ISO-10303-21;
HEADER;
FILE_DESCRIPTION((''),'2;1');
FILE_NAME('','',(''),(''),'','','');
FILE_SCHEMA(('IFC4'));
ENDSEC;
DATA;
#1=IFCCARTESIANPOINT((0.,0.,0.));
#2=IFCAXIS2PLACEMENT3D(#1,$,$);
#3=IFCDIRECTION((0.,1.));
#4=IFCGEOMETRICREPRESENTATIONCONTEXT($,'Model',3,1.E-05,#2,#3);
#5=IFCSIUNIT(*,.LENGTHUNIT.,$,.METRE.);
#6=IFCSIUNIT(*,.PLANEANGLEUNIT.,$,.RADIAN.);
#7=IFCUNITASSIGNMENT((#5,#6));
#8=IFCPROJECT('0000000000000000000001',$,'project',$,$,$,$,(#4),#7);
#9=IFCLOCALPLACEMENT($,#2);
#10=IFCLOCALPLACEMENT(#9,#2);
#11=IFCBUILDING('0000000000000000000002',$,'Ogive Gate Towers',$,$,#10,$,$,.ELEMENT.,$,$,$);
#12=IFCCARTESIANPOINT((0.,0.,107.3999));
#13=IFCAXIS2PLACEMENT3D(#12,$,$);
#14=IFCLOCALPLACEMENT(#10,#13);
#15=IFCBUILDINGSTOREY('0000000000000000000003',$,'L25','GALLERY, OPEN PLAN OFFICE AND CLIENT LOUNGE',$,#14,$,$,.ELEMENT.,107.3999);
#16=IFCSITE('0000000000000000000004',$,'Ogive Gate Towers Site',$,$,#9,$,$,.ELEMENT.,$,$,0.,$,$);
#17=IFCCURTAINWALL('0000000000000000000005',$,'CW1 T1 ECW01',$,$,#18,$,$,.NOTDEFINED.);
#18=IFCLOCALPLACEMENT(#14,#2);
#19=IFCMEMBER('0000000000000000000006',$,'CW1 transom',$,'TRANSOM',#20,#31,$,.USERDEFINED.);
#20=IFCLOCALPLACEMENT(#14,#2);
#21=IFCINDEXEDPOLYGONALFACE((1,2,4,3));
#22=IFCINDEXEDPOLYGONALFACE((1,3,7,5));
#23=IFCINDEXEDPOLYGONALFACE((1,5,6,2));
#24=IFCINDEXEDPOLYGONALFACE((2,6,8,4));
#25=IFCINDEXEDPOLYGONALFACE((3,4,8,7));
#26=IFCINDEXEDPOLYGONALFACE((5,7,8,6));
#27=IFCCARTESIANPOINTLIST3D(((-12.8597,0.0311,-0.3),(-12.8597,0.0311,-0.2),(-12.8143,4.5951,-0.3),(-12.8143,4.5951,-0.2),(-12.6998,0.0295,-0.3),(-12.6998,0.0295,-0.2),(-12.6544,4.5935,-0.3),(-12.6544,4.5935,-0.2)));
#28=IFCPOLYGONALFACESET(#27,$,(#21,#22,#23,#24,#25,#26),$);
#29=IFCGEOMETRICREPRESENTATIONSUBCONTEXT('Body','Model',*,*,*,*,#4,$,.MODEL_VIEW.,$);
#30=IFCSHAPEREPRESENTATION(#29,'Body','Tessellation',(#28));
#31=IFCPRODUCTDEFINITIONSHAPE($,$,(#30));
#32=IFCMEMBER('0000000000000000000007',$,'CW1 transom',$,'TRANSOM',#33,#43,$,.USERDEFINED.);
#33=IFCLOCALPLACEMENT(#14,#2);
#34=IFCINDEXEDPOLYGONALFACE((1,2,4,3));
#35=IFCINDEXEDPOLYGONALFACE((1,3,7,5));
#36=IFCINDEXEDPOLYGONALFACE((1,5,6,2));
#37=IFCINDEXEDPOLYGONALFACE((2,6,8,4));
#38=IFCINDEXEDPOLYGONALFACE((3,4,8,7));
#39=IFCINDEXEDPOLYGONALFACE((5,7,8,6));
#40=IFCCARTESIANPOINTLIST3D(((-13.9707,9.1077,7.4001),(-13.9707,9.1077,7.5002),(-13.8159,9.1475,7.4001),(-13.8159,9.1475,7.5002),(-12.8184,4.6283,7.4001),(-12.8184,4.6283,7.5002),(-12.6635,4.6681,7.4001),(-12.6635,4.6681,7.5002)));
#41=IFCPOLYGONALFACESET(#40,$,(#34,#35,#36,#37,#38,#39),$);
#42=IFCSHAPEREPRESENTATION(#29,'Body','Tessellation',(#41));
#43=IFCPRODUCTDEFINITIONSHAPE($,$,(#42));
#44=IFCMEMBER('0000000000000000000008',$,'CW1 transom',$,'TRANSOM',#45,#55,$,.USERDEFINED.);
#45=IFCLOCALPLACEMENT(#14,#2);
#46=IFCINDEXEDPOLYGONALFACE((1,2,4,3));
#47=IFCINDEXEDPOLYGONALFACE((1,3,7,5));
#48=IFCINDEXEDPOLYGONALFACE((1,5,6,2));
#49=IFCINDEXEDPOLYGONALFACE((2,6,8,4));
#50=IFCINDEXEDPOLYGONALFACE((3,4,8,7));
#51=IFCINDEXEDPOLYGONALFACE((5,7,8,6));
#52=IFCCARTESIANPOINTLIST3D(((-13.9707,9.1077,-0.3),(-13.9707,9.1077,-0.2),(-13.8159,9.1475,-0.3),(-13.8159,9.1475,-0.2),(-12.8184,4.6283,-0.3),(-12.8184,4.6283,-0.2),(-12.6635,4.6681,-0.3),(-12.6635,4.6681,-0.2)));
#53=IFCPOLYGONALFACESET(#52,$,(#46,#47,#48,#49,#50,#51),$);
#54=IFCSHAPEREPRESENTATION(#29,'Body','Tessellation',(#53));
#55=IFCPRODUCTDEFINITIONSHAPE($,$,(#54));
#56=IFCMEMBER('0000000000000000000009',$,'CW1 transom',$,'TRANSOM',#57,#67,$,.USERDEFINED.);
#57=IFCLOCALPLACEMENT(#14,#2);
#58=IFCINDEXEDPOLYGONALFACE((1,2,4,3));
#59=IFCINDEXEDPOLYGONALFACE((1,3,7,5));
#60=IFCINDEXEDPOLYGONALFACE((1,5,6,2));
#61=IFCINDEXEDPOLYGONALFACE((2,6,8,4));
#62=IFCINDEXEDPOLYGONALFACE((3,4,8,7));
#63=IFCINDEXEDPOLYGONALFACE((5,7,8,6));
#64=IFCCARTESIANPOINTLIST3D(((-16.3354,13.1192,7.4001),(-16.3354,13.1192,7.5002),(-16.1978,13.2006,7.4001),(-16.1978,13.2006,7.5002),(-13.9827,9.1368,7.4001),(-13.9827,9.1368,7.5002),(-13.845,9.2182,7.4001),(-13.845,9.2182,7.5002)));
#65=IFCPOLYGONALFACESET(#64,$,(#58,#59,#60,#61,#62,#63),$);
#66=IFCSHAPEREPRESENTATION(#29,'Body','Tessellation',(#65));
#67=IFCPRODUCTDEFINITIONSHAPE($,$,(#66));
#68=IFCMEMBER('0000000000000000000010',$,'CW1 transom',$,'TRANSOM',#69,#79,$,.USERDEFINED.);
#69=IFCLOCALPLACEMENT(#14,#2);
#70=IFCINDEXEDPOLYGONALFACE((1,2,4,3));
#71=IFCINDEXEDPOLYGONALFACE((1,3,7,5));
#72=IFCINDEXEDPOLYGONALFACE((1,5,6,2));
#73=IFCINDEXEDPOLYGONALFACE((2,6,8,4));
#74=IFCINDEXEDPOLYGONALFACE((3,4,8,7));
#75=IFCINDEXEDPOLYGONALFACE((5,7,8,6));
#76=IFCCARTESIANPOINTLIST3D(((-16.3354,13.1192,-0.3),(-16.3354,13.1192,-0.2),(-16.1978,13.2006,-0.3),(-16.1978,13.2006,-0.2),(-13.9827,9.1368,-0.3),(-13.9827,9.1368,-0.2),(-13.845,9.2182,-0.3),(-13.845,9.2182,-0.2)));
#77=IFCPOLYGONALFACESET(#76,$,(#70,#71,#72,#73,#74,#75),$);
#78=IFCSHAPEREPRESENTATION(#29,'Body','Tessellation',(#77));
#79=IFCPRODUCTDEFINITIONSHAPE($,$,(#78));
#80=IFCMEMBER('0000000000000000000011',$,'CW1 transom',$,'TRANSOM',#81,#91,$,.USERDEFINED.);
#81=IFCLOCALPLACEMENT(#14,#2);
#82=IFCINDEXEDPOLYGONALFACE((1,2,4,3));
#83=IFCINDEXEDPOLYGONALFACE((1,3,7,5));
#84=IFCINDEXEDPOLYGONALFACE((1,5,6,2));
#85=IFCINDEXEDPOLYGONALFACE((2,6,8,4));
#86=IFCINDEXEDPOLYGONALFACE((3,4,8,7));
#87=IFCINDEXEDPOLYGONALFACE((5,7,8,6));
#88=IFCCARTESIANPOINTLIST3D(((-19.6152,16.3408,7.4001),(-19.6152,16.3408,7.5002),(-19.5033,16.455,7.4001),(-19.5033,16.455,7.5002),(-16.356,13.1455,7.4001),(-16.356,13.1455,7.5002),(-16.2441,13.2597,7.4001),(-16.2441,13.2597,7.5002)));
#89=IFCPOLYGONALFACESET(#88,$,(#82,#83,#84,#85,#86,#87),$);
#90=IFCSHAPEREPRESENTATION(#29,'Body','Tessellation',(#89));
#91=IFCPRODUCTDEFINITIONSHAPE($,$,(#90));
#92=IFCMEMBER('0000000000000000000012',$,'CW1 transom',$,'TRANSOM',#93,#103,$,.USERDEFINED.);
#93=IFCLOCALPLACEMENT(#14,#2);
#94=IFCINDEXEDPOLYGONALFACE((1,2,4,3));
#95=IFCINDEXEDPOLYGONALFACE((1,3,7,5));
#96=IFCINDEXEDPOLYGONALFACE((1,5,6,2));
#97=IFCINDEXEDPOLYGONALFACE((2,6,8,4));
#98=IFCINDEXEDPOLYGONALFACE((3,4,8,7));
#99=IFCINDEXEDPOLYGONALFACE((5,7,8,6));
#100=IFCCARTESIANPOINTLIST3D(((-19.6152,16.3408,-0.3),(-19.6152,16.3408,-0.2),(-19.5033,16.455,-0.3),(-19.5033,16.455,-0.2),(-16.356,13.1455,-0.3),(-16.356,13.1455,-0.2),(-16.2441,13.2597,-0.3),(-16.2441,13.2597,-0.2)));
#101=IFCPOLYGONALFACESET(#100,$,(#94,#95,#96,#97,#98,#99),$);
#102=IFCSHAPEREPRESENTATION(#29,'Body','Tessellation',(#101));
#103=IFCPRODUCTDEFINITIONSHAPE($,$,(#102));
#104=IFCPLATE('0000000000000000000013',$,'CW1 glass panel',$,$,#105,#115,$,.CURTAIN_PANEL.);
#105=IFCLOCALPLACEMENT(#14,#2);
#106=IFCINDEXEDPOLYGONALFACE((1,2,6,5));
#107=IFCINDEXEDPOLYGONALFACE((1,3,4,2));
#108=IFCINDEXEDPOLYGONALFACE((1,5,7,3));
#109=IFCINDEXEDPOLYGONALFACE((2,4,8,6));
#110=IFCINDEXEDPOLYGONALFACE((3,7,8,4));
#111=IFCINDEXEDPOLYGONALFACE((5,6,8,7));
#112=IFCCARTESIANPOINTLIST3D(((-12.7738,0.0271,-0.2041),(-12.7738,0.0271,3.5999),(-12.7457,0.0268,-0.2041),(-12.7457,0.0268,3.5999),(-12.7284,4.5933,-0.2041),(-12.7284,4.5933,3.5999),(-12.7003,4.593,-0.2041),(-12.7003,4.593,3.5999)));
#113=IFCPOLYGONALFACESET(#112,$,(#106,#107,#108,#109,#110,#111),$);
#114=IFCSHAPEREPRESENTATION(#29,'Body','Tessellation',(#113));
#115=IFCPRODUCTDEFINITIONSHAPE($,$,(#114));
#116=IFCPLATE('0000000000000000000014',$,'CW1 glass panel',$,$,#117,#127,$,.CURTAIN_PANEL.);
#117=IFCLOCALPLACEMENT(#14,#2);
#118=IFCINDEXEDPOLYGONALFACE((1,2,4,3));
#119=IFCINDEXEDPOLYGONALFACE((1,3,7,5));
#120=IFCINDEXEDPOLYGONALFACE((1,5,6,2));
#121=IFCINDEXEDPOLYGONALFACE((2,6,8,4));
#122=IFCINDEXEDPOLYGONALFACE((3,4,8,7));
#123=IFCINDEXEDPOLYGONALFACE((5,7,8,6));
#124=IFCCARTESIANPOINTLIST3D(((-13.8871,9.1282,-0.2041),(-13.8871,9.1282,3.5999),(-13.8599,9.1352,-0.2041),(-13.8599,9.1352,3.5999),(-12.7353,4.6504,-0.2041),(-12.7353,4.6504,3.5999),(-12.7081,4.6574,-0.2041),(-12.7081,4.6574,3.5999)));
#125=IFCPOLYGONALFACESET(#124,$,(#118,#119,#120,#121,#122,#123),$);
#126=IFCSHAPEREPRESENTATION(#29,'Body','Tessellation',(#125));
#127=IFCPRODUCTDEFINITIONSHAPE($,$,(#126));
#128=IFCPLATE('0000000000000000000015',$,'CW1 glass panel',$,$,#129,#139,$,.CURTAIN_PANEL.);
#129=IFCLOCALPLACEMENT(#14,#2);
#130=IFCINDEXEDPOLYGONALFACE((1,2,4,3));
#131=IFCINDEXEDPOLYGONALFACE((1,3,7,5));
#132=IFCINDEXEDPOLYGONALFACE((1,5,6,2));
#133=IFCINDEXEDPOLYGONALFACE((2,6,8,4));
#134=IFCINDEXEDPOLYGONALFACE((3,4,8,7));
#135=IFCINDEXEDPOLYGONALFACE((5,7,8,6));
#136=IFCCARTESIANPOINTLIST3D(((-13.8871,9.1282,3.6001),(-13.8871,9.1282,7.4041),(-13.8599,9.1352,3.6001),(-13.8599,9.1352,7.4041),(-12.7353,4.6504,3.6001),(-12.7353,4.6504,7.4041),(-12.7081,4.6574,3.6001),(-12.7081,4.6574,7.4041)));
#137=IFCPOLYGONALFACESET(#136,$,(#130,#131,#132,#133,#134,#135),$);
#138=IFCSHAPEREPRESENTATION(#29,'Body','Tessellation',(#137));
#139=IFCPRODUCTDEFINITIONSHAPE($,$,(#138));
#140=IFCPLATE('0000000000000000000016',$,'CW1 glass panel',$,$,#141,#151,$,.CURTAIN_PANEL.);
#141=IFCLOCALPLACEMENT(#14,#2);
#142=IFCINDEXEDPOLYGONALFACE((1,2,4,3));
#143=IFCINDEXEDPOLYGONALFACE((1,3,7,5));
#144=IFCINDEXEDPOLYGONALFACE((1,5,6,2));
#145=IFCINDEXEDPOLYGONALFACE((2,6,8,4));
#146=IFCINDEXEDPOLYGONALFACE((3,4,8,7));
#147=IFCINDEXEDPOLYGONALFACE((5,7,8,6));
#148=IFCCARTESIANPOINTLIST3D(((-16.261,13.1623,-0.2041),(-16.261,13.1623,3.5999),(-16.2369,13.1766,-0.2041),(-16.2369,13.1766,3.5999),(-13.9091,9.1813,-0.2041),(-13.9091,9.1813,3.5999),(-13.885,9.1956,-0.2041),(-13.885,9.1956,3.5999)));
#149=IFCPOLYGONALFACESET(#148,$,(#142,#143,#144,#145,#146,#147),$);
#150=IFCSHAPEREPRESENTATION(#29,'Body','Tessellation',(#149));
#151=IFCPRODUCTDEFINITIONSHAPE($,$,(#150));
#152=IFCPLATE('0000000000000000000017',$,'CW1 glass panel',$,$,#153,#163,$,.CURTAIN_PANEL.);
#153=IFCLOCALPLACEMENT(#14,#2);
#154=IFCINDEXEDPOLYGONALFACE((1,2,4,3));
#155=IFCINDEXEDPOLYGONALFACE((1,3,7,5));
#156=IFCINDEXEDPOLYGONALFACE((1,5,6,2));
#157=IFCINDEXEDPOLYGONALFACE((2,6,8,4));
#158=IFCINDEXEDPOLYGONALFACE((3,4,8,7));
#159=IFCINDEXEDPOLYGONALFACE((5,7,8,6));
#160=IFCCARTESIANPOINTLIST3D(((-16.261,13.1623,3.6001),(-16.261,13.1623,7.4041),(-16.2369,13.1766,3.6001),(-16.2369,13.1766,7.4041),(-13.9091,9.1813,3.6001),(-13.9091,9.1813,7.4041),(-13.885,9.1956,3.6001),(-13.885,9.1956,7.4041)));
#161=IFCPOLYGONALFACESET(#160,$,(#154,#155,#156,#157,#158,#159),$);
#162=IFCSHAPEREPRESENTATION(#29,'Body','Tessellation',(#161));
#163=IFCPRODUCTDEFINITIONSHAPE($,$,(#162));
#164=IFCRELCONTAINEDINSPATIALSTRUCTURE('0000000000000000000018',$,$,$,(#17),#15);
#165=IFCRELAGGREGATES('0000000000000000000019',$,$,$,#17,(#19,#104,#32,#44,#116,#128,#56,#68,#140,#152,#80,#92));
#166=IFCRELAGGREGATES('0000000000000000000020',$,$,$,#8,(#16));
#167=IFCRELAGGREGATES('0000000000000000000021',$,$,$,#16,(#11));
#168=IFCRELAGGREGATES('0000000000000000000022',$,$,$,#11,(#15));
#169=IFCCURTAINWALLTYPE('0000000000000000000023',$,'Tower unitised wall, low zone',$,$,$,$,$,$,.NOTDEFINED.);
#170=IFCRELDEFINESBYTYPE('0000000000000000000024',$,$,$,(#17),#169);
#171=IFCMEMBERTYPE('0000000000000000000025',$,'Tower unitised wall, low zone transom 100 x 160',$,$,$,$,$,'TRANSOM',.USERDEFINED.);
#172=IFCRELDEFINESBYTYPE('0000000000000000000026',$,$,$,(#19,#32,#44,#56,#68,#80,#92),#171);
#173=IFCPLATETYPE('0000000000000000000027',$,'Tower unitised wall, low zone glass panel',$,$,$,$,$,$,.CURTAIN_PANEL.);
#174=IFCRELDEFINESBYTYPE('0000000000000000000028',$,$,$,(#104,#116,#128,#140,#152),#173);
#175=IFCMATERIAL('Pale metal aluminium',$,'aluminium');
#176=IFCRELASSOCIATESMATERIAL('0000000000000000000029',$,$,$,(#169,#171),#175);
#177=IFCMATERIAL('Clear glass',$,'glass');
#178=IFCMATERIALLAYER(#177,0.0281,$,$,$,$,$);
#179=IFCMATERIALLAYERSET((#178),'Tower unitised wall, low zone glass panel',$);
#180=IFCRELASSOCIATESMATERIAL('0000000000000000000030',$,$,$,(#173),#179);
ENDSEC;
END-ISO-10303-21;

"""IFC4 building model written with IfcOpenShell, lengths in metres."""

from ifc_helpers import new_model, si_unit, direction, frame, origin, origin_2d, place, context, subcontext, project, spatial, rectangle, extrude, material, layer, layer_set, material_profile, profile_set, type_object, element, aggregate, save


model = new_model("IFC4")

# Units and contexts
model_context = context("Model", 3, precision=1e-05, world=origin(), true_north=direction((0.0, 1.0)))
body_context = subcontext(model_context, "Body", "Model", "MODEL_VIEW")
ifc_project = project(units=[si_unit("LENGTHUNIT", "METRE"), si_unit("PLANEANGLEUNIT", "RADIAN")], contexts=[model_context])

# Site, building, storey
site_placement = place(None, origin())
site = spatial("IfcSite", under=ifc_project, at=site_placement, Name="Ogive Gate Towers Site", CompositionType="ELEMENT", RefElevation=0.0)
building_placement = place(site_placement, origin())
building = spatial("IfcBuilding", under=site, at=building_placement, Name="Ogive Gate Towers", CompositionType="ELEMENT")
storey_placement = place(building_placement, frame((0.0, 0.0, 107.3999)))
storey = spatial("IfcBuildingStorey", under=building, at=storey_placement, Name="L25", Description="GALLERY, OPEN PLAN OFFICE AND CLIENT LOUNGE", CompositionType="ELEMENT", Elevation=107.3999)

# Curtain wall, members, plates
ifc_material_1 = material(Name="Pale metal aluminium", Category="aluminium")
curtain_wall_type = type_object("IfcCurtainWallType", Name="Tower unitised wall, low zone", PredefinedType="NOTDEFINED", material=ifc_material_1)
curtain_wall_placement = place(storey_placement, origin())
curtain_wall = element("IfcCurtainWall", 1, at=curtain_wall_placement, inside=storey, type_object=curtain_wall_type, Name="CW1 T1 ECW01", PredefinedType="NOTDEFINED")
ifc_material_profile_1 = material_profile(ifc_material_1, rectangle(XDim=0.1599, YDim=0.1001, at=origin_2d()), Name="100 x 160 aluminium box")
ifc_profile_set_1 = profile_set([ifc_material_profile_1], Name="Pale metal aluminium")
member_type_1 = type_object("IfcMemberType", Name="Tower unitised wall, low zone transom 100 x 160", ElementType="TRANSOM", PredefinedType="USERDEFINED", material=ifc_profile_set_1)
member_1_placement = place(storey_placement, frame((-12.7798, 0.0303, -0.25), z_axis=(0.009949, 0.999951, 0.0), x_axis=(-0.999951, 0.009949, 0.0)))
member_1 = element("IfcMember", 2, at=member_1_placement, type_object=member_type_1, Name="CW1 transom", ObjectType="TRANSOM", PredefinedType="USERDEFINED", context=body_context, shape_type="SweptSolid", body=[
    extrude(rectangle(XDim=0.1599, YDim=0.1001, at=origin_2d()), origin(), (0.0, 0.0, 1.0), 4.5642),
])
member_2_placement = place(storey_placement, frame((-12.741, 4.6482, 7.4502), z_axis=(-0.249137, 0.968468, 0.0), x_axis=(-0.968468, -0.249137, 0.0)))
member_2 = element("IfcMember", 3, at=member_2_placement, type_object=member_type_1, Name="CW1 transom", ObjectType="TRANSOM", PredefinedType="USERDEFINED", context=body_context, shape_type="SweptSolid", body=[
    extrude(rectangle(XDim=0.1599, YDim=0.1001, at=origin_2d()), origin(), (0.0, 0.0, 1.0), 4.6252),
])
member_3_placement = place(storey_placement, frame((-12.741, 4.6482, -0.25), z_axis=(-0.249137, 0.968468, 0.0), x_axis=(-0.968468, -0.249137, 0.0)))
member_3 = element("IfcMember", 4, at=member_3_placement, type_object=member_type_1, Name="CW1 transom", ObjectType="TRANSOM", PredefinedType="USERDEFINED", context=body_context, shape_type="SweptSolid", body=[
    extrude(rectangle(XDim=0.1599, YDim=0.1001, at=origin_2d()), origin(), (0.0, 0.0, 1.0), 4.6252),
])
member_4_placement = place(storey_placement, frame((-13.9138, 9.1775, 7.4502), z_axis=(-0.508655, 0.860971, 0.0), x_axis=(-0.860971, -0.508655, 0.0)))
member_4 = element("IfcMember", 5, at=member_4_placement, type_object=member_type_1, Name="CW1 transom", ObjectType="TRANSOM", PredefinedType="USERDEFINED", context=body_context, shape_type="SweptSolid", body=[
    extrude(rectangle(XDim=0.1599, YDim=0.1001, at=origin_2d()), origin(), (0.0, 0.0, 1.0), 4.6255),
])
member_5_placement = place(storey_placement, frame((-13.9138, 9.1775, -0.25), z_axis=(-0.508655, 0.860971, 0.0), x_axis=(-0.860971, -0.508655, 0.0)))
member_5 = element("IfcMember", 6, at=member_5_placement, type_object=member_type_1, Name="CW1 transom", ObjectType="TRANSOM", PredefinedType="USERDEFINED", context=body_context, shape_type="SweptSolid", body=[
    extrude(rectangle(XDim=0.1599, YDim=0.1001, at=origin_2d()), origin(), (0.0, 0.0, 1.0), 4.6255),
])
member_6_placement = place(storey_placement, frame((-16.3, 13.2026, 7.4502), z_axis=(-0.714079, 0.700065, 0.0), x_axis=(-0.700065, -0.714079, 0.0)))
member_6 = element("IfcMember", 7, at=member_6_placement, type_object=member_type_1, Name="CW1 transom", ObjectType="TRANSOM", PredefinedType="USERDEFINED", context=body_context, shape_type="SweptSolid", body=[
    extrude(rectangle(XDim=0.1599, YDim=0.1001, at=origin_2d()), origin(), (0.0, 0.0, 1.0), 4.5642),
])
member_7_placement = place(storey_placement, frame((-16.3, 13.2026, -0.25), z_axis=(-0.714079, 0.700065, 0.0), x_axis=(-0.700065, -0.714079, 0.0)))
member_7 = element("IfcMember", 8, at=member_7_placement, type_object=member_type_1, Name="CW1 transom", ObjectType="TRANSOM", PredefinedType="USERDEFINED", context=body_context, shape_type="SweptSolid", body=[
    extrude(rectangle(XDim=0.1599, YDim=0.1001, at=origin_2d()), origin(), (0.0, 0.0, 1.0), 4.5642),
])
ifc_material_2 = material(Name="Clear glass", Category="glass")
ifc_layer_1 = layer(ifc_material_2, 0.0281)
ifc_layer_set_1 = layer_set([ifc_layer_1], Name="Tower unitised wall, low zone glass panel")
plate_type = type_object("IfcPlateType", Name="Tower unitised wall, low zone glass panel", PredefinedType="CURTAIN_PANEL", material=ifc_layer_set_1)
plate_1_placement = place(storey_placement, frame((-12.7371, 2.3101, -0.2041), z_axis=(0.0, 0.0, 1.0), x_axis=(0.009931, 0.999951, 0.0)))
plate_1 = element("IfcPlate", 9, at=plate_1_placement, type_object=plate_type, Name="CW1 glass panel", PredefinedType="CURTAIN_PANEL", context=body_context, shape_type="SweptSolid", body=[
    extrude(rectangle(XDim=4.5664, YDim=0.0281, at=origin_2d()), origin(), (0.0, 0.0, 1.0), 3.804),
])
plate_2_placement = place(storey_placement, frame((-13.2976, 6.8928, -0.2041), z_axis=(0.0, 0.0, 1.0), x_axis=(-0.249129, 0.96847, 0.0)))
plate_2 = element("IfcPlate", 10, at=plate_2_placement, type_object=plate_type, Name="CW1 glass panel", PredefinedType="CURTAIN_PANEL", context=body_context, shape_type="SweptSolid", body=[
    extrude(rectangle(XDim=4.6235, YDim=0.0281, at=origin_2d()), origin(), (0.0, 0.0, 1.0), 3.804),
])
plate_3_placement = place(storey_placement, frame((-13.2976, 6.8928, 3.6001), z_axis=(0.0, 0.0, 1.0), x_axis=(-0.249129, 0.96847, 0.0)))
plate_3 = element("IfcPlate", 11, at=plate_3_placement, type_object=plate_type, Name="CW1 glass panel", PredefinedType="CURTAIN_PANEL", context=body_context, shape_type="SweptSolid", body=[
    extrude(rectangle(XDim=4.6235, YDim=0.0281, at=origin_2d()), origin(), (0.0, 0.0, 1.0), 3.804),
])
plate_4_placement = place(storey_placement, frame((-15.073, 11.179, -0.2041), z_axis=(0.0, 0.0, 1.0), x_axis=(-0.508651, 0.860973, 0.0)))
plate_4 = element("IfcPlate", 12, at=plate_4_placement, type_object=plate_type, Name="CW1 glass panel", PredefinedType="CURTAIN_PANEL", context=body_context, shape_type="SweptSolid", body=[
    extrude(rectangle(XDim=4.6238, YDim=0.0281, at=origin_2d()), origin(), (0.0, 0.0, 1.0), 3.804),
])
plate_5_placement = place(storey_placement, frame((-15.073, 11.179, 3.6001), z_axis=(0.0, 0.0, 1.0), x_axis=(-0.508651, 0.860973, 0.0)))
plate_5 = element("IfcPlate", 13, at=plate_5_placement, type_object=plate_type, Name="CW1 glass panel", PredefinedType="CURTAIN_PANEL", context=body_context, shape_type="SweptSolid", body=[
    extrude(rectangle(XDim=4.6238, YDim=0.0281, at=origin_2d()), origin(), (0.0, 0.0, 1.0), 3.804),
])
aggregate(curtain_wall, [member_1, plate_1, member_2, member_3, plate_2, plate_3, member_4, member_5, plate_4, plate_5, member_6, member_7])

save(model, "model.ifc")
